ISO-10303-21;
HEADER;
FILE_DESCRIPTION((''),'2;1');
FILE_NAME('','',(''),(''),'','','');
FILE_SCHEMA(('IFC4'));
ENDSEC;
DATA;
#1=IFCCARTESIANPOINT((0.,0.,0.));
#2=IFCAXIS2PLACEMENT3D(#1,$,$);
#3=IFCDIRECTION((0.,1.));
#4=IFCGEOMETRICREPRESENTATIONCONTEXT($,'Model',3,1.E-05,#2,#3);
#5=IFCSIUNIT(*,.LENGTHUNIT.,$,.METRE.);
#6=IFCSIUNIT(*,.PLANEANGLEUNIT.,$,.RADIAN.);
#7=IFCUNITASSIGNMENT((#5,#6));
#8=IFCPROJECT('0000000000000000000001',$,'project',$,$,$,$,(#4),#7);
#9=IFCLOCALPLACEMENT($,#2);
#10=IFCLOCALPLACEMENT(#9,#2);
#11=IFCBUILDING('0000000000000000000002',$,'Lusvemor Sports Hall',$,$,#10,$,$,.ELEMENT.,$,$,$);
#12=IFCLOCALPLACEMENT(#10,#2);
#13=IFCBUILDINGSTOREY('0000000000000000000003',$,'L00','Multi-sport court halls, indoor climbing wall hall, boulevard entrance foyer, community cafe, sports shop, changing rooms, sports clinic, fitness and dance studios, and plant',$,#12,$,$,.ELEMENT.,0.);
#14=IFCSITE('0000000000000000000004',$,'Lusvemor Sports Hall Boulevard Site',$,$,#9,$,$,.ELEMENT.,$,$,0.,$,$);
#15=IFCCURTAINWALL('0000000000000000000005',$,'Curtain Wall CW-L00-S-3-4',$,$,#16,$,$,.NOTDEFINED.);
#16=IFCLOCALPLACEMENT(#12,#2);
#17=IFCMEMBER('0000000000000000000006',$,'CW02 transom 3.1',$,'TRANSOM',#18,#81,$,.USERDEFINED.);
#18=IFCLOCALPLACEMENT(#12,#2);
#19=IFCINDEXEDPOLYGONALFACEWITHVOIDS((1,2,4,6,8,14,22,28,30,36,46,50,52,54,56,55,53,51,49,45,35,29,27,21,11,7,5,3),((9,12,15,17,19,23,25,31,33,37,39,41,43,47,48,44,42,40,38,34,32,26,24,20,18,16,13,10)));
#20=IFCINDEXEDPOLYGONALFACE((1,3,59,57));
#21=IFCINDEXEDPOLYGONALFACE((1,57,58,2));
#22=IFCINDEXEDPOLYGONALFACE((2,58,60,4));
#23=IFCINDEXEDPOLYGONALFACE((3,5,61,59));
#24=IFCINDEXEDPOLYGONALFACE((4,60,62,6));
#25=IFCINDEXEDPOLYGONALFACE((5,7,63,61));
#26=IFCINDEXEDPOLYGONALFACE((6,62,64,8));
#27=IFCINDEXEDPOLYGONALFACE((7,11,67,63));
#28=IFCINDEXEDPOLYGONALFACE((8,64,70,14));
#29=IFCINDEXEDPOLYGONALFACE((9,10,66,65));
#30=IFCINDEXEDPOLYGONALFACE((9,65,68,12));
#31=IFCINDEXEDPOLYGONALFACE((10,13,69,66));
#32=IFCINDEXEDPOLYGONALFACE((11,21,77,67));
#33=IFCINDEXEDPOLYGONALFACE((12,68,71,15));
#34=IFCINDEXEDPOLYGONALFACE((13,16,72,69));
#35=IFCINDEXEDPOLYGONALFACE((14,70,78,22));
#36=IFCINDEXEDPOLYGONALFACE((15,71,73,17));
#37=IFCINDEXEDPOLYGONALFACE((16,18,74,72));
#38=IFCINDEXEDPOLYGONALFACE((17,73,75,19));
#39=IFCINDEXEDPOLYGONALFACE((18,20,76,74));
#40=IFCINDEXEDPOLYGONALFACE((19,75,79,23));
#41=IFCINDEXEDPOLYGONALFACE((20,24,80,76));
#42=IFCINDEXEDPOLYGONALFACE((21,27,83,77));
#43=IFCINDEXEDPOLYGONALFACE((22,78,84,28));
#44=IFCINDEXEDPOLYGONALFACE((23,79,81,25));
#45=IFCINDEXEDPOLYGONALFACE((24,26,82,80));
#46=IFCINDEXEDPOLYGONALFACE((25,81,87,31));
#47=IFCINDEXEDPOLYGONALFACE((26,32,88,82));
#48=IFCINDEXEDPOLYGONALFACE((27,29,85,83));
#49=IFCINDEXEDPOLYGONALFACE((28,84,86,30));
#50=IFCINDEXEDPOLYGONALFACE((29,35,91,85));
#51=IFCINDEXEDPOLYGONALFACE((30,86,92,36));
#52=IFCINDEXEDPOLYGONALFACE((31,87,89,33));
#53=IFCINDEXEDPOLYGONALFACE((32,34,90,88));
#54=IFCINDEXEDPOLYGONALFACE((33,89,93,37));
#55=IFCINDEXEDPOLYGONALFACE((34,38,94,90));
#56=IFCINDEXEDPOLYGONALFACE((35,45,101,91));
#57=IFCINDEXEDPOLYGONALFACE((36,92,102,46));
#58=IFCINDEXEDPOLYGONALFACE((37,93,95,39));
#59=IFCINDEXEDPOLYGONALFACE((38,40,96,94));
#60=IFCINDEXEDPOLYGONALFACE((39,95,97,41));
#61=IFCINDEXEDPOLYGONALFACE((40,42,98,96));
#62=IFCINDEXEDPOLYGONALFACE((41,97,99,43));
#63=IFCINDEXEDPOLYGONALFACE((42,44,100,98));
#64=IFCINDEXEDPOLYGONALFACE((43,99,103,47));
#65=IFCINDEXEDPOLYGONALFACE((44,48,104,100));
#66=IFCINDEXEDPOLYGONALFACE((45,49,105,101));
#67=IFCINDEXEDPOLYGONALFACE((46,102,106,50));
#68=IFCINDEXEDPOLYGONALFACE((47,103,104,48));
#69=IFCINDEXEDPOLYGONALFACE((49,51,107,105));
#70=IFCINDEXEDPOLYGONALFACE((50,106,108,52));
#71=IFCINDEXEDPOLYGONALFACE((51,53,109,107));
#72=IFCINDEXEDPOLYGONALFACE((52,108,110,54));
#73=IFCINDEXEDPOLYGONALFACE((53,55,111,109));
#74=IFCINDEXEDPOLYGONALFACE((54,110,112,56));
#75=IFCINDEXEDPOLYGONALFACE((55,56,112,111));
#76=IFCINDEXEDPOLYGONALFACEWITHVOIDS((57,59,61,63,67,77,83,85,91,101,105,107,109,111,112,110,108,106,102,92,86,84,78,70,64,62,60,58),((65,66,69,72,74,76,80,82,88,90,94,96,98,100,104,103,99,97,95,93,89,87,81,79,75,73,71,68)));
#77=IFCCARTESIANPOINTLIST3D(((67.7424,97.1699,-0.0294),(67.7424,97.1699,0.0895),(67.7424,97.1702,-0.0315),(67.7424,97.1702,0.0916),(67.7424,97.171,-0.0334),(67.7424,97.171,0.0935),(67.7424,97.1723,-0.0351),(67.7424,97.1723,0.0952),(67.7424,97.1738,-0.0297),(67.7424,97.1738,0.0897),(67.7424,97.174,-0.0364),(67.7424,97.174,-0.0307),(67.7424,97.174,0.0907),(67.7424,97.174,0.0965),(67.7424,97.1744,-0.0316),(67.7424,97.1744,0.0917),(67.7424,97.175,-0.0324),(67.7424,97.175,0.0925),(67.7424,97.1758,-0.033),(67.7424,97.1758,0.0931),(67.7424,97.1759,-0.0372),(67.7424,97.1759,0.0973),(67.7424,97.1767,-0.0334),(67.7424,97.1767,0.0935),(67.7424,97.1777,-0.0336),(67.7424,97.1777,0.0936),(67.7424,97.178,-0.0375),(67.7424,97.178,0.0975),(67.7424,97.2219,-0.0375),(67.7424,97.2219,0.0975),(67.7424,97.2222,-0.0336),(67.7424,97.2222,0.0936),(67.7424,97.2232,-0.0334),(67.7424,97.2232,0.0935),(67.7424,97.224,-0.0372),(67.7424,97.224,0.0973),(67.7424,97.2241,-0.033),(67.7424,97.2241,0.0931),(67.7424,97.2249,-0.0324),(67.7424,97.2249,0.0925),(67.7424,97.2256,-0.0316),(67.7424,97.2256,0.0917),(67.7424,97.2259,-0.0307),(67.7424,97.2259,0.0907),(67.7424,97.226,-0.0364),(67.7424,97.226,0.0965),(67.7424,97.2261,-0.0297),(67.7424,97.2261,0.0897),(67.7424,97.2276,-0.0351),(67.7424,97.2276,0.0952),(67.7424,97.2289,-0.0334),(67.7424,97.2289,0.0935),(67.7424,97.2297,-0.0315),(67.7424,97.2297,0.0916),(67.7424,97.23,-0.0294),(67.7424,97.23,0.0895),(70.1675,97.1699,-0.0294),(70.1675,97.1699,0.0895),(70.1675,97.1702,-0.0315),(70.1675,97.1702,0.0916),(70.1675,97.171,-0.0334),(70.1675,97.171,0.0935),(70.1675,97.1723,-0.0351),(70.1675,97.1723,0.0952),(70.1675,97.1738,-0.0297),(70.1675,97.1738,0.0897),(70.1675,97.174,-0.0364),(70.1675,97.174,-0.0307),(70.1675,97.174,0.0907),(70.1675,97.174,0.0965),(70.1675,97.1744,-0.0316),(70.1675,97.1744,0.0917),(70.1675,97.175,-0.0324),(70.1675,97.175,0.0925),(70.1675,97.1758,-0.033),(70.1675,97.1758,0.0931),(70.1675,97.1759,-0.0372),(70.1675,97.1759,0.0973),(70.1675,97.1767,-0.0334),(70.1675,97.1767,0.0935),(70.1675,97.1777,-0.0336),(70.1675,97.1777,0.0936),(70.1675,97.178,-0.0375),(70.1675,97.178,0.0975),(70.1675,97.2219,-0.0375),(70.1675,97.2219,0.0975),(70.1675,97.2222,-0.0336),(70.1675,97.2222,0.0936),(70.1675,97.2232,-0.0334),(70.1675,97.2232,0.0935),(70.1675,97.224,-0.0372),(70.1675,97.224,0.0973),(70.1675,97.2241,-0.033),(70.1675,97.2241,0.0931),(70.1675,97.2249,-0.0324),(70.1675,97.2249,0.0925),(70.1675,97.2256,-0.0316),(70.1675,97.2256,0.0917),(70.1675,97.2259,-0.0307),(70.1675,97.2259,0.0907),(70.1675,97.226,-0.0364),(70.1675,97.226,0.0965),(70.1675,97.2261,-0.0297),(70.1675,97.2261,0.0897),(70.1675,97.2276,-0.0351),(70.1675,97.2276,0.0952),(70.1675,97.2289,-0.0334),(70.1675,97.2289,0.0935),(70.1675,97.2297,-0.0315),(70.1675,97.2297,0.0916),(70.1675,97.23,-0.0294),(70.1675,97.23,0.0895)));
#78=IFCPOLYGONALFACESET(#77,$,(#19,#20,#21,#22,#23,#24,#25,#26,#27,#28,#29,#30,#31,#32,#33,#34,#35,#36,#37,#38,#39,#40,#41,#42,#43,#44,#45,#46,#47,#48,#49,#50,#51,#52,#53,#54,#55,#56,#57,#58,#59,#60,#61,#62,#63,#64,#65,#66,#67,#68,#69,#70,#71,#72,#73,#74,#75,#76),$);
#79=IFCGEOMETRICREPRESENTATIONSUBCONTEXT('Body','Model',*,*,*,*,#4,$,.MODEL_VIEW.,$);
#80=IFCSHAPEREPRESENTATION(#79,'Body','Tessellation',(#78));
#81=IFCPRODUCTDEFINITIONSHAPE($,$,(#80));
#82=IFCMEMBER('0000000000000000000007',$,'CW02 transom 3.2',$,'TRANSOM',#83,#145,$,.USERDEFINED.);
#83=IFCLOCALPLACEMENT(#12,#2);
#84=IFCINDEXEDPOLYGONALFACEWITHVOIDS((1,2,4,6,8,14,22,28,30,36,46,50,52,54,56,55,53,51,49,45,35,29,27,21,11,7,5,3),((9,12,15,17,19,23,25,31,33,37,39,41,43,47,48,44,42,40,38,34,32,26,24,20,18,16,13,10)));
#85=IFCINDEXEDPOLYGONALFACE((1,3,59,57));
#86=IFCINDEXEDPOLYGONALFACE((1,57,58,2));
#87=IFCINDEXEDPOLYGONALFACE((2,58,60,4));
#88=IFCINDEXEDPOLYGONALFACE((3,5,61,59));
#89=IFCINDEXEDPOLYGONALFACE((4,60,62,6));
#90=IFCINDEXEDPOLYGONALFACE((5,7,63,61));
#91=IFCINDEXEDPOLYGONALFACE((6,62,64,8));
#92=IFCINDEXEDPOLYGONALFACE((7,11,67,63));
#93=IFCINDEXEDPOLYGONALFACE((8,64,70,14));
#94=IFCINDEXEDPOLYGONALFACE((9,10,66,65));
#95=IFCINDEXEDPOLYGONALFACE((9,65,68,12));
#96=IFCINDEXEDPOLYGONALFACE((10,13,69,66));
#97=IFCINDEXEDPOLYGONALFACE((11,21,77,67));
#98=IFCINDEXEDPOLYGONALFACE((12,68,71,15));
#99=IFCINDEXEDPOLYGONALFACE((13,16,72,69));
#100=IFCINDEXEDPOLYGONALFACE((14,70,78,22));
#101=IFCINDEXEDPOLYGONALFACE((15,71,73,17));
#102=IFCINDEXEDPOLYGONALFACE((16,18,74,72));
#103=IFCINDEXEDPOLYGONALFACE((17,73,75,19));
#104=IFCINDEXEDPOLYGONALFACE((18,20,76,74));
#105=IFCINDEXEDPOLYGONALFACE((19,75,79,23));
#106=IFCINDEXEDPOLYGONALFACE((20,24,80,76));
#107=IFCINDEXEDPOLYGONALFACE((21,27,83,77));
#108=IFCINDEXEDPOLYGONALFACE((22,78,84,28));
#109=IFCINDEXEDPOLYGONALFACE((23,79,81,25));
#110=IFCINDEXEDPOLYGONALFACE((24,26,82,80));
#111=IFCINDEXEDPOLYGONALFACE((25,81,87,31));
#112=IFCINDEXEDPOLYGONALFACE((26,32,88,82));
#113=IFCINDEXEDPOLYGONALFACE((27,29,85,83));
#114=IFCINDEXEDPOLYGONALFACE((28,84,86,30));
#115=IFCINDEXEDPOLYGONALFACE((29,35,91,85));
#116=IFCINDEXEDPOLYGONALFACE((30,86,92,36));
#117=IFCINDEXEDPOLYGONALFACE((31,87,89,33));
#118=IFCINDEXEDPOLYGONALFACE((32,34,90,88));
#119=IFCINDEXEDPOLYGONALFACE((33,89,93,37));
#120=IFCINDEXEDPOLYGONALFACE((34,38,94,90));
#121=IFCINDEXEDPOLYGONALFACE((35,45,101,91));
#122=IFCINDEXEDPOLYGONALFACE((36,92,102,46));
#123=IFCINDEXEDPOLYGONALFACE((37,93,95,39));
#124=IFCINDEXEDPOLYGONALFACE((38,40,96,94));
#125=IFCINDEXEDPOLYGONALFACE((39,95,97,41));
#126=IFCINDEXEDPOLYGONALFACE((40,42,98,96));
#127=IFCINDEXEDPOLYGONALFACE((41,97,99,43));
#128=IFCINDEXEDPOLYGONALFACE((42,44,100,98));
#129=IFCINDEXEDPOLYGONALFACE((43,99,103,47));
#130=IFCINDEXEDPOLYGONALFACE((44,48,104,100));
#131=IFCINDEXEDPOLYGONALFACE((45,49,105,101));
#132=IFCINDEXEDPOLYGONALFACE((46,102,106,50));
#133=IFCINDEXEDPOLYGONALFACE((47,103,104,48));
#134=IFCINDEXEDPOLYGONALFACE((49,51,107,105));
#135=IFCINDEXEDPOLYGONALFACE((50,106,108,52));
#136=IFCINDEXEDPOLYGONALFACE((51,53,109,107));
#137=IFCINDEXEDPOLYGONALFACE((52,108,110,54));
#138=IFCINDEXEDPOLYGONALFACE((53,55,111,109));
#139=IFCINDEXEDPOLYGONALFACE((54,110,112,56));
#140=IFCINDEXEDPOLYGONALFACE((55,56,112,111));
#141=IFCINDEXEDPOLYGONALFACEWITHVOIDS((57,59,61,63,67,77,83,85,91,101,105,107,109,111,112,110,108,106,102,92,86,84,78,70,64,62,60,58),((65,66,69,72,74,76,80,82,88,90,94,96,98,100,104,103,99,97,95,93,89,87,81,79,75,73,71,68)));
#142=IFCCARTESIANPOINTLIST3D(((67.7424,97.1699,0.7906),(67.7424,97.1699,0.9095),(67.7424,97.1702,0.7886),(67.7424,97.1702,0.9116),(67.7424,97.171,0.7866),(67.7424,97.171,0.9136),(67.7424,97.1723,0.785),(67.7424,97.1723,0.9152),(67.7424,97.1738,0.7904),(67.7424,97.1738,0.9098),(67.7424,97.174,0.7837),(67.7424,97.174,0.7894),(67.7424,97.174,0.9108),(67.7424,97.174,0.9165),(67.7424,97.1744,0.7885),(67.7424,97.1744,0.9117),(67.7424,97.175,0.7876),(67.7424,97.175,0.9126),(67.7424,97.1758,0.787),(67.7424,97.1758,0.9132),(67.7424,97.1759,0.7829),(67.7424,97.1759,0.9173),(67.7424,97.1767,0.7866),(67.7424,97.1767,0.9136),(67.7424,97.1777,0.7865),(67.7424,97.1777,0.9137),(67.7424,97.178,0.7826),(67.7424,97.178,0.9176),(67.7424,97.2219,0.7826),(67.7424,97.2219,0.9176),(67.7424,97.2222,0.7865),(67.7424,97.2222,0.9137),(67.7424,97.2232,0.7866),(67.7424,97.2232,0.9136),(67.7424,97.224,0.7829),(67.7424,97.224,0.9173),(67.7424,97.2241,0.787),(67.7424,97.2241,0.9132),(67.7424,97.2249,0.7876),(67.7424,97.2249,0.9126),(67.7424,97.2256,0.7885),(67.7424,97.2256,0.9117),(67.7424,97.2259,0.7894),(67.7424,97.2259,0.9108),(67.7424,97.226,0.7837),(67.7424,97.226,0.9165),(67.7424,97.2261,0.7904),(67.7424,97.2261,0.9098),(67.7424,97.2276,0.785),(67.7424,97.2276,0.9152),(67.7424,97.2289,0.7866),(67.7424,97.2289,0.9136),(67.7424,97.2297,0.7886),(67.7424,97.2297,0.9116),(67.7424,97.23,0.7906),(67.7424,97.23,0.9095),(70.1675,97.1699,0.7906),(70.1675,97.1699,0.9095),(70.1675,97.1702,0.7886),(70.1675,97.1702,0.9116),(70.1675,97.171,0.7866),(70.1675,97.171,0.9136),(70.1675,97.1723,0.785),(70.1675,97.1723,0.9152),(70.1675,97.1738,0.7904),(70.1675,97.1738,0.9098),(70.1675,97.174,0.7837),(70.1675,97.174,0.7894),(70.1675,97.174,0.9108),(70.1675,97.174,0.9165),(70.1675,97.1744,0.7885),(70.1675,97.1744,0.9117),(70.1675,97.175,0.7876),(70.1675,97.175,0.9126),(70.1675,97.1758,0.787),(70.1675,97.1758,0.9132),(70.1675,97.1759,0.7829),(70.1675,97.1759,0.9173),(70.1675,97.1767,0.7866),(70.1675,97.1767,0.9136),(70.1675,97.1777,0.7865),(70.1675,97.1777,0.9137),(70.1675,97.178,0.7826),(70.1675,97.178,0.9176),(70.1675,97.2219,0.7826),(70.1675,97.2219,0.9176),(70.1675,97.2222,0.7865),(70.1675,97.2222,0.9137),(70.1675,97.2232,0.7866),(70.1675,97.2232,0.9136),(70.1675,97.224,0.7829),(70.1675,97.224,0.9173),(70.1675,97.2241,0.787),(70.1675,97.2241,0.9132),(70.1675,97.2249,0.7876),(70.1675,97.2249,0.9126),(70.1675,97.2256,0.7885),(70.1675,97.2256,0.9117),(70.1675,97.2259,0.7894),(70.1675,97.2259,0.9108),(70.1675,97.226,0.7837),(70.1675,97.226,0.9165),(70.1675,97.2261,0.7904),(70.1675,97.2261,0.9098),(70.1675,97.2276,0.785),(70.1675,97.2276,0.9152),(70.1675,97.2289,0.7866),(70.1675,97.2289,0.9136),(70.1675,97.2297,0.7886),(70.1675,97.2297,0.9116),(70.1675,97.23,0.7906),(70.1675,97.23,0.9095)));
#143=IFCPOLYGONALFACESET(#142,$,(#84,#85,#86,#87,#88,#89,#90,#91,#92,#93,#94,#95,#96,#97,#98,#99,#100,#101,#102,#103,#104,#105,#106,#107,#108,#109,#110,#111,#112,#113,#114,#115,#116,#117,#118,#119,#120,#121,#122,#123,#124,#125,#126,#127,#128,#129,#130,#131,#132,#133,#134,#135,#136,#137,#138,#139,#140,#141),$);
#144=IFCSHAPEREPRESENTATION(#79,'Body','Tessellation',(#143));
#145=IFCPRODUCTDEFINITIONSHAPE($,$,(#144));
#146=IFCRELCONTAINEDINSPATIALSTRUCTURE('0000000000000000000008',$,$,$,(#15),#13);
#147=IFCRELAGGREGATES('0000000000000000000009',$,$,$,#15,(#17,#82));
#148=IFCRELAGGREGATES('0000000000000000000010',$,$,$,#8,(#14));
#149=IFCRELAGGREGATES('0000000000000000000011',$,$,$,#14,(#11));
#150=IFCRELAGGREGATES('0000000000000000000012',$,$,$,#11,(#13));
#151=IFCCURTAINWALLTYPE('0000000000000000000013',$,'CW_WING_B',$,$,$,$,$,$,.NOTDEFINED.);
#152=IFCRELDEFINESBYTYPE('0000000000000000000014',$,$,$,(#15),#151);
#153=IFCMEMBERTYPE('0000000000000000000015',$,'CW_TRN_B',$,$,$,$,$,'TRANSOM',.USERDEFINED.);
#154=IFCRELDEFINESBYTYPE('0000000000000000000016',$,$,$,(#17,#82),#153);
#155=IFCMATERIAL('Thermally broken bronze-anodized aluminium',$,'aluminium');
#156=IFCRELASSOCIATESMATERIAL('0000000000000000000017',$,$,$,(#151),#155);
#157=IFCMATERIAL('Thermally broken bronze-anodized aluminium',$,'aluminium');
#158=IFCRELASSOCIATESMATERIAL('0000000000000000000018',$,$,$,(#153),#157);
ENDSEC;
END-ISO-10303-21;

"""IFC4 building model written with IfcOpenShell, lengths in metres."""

from ifc_helpers import new_model, si_unit, direction, frame, origin, origin_2d, place, context, subcontext, project, spatial, hollow_rectangle, extrude, material, material_profile, profile_set, type_object, element, aggregate, save


model = new_model("IFC4")

# Units and contexts
model_context = context("Model", 3, precision=1e-05, world=origin(), true_north=direction((0.0, 1.0)))
body_context = subcontext(model_context, "Body", "Model", "MODEL_VIEW")
ifc_project = project(units=[si_unit("LENGTHUNIT", "METRE"), si_unit("PLANEANGLEUNIT", "RADIAN")], contexts=[model_context])

# Site, building, storey
site_placement = place(None, origin())
site = spatial("IfcSite", under=ifc_project, at=site_placement, Name="Lusvemor Sports Hall Boulevard Site", CompositionType="ELEMENT", RefElevation=0.0)
building_placement = place(site_placement, origin())
building = spatial("IfcBuilding", under=site, at=building_placement, Name="Lusvemor Sports Hall", CompositionType="ELEMENT")
storey_placement = place(building_placement, origin())
storey = spatial("IfcBuildingStorey", under=building, at=storey_placement, Name="L00", Description="Multi-sport court halls, indoor climbing wall hall, boulevard entrance foyer, community cafe, sports shop, changing rooms, sports clinic, fitness and dance studios, and plant", CompositionType="ELEMENT", Elevation=0.0)

# Curtain wall, members
ifc_material_1 = material(Name="Thermally broken bronze-anodized aluminium", Category="aluminium")
curtain_wall_type = type_object("IfcCurtainWallType", Name="CW_WING_B", PredefinedType="NOTDEFINED", material=ifc_material_1)
curtain_wall_placement = place(storey_placement, origin())
curtain_wall = element("IfcCurtainWall", 1, at=curtain_wall_placement, inside=storey, type_object=curtain_wall_type, Name="Curtain Wall CW-L00-S-3-4", PredefinedType="NOTDEFINED")
ifc_material_2 = material(Name="Thermally broken bronze-anodized aluminium", Category="aluminium")
ifc_material_profile_1 = material_profile(ifc_material_2, hollow_rectangle(XDim=0.0601, YDim=0.135, WallThickness=0.0039, InnerFilletRadius=0.0039, OuterFilletRadius=0.0081, at=origin_2d()), Name="CWTRN135x60x4")
ifc_profile_set_1 = profile_set([ifc_material_profile_1], Name="Thermally broken bronze-anodized aluminium")
member_type_1 = type_object("IfcMemberType", Name="CW_TRN_B", ElementType="TRANSOM", PredefinedType="USERDEFINED", material=ifc_profile_set_1)
member_1_placement = place(storey_placement, frame((70.1675, 97.2, 0.03), z_axis=(-1.0, 0.0, 0.0), x_axis=(0.0, -1.0, 0.0)))
member_1 = element("IfcMember", 2, at=member_1_placement, type_object=member_type_1, Name="CW02 transom 3.1", ObjectType="TRANSOM", PredefinedType="USERDEFINED", context=body_context, shape_type="SweptSolid", body=[
    extrude(hollow_rectangle(XDim=0.0601, YDim=0.135, WallThickness=0.0039, InnerFilletRadius=0.0039, OuterFilletRadius=0.0081, at=origin_2d()), origin(), (0.0, 0.0, 1.0), 2.425),
])
member_2_placement = place(storey_placement, frame((70.1675, 97.2, 0.8501), z_axis=(-1.0, 0.0, 0.0), x_axis=(0.0, -1.0, 0.0)))
member_2 = element("IfcMember", 3, at=member_2_placement, type_object=member_type_1, Name="CW02 transom 3.2", ObjectType="TRANSOM", PredefinedType="USERDEFINED", context=body_context, shape_type="SweptSolid", body=[
    extrude(hollow_rectangle(XDim=0.0601, YDim=0.135, WallThickness=0.0039, InnerFilletRadius=0.0039, OuterFilletRadius=0.0081, at=origin_2d()), origin(), (0.0, 0.0, 1.0), 2.425),
])
aggregate(curtain_wall, [member_1, member_2])

save(model, "model.ifc")
